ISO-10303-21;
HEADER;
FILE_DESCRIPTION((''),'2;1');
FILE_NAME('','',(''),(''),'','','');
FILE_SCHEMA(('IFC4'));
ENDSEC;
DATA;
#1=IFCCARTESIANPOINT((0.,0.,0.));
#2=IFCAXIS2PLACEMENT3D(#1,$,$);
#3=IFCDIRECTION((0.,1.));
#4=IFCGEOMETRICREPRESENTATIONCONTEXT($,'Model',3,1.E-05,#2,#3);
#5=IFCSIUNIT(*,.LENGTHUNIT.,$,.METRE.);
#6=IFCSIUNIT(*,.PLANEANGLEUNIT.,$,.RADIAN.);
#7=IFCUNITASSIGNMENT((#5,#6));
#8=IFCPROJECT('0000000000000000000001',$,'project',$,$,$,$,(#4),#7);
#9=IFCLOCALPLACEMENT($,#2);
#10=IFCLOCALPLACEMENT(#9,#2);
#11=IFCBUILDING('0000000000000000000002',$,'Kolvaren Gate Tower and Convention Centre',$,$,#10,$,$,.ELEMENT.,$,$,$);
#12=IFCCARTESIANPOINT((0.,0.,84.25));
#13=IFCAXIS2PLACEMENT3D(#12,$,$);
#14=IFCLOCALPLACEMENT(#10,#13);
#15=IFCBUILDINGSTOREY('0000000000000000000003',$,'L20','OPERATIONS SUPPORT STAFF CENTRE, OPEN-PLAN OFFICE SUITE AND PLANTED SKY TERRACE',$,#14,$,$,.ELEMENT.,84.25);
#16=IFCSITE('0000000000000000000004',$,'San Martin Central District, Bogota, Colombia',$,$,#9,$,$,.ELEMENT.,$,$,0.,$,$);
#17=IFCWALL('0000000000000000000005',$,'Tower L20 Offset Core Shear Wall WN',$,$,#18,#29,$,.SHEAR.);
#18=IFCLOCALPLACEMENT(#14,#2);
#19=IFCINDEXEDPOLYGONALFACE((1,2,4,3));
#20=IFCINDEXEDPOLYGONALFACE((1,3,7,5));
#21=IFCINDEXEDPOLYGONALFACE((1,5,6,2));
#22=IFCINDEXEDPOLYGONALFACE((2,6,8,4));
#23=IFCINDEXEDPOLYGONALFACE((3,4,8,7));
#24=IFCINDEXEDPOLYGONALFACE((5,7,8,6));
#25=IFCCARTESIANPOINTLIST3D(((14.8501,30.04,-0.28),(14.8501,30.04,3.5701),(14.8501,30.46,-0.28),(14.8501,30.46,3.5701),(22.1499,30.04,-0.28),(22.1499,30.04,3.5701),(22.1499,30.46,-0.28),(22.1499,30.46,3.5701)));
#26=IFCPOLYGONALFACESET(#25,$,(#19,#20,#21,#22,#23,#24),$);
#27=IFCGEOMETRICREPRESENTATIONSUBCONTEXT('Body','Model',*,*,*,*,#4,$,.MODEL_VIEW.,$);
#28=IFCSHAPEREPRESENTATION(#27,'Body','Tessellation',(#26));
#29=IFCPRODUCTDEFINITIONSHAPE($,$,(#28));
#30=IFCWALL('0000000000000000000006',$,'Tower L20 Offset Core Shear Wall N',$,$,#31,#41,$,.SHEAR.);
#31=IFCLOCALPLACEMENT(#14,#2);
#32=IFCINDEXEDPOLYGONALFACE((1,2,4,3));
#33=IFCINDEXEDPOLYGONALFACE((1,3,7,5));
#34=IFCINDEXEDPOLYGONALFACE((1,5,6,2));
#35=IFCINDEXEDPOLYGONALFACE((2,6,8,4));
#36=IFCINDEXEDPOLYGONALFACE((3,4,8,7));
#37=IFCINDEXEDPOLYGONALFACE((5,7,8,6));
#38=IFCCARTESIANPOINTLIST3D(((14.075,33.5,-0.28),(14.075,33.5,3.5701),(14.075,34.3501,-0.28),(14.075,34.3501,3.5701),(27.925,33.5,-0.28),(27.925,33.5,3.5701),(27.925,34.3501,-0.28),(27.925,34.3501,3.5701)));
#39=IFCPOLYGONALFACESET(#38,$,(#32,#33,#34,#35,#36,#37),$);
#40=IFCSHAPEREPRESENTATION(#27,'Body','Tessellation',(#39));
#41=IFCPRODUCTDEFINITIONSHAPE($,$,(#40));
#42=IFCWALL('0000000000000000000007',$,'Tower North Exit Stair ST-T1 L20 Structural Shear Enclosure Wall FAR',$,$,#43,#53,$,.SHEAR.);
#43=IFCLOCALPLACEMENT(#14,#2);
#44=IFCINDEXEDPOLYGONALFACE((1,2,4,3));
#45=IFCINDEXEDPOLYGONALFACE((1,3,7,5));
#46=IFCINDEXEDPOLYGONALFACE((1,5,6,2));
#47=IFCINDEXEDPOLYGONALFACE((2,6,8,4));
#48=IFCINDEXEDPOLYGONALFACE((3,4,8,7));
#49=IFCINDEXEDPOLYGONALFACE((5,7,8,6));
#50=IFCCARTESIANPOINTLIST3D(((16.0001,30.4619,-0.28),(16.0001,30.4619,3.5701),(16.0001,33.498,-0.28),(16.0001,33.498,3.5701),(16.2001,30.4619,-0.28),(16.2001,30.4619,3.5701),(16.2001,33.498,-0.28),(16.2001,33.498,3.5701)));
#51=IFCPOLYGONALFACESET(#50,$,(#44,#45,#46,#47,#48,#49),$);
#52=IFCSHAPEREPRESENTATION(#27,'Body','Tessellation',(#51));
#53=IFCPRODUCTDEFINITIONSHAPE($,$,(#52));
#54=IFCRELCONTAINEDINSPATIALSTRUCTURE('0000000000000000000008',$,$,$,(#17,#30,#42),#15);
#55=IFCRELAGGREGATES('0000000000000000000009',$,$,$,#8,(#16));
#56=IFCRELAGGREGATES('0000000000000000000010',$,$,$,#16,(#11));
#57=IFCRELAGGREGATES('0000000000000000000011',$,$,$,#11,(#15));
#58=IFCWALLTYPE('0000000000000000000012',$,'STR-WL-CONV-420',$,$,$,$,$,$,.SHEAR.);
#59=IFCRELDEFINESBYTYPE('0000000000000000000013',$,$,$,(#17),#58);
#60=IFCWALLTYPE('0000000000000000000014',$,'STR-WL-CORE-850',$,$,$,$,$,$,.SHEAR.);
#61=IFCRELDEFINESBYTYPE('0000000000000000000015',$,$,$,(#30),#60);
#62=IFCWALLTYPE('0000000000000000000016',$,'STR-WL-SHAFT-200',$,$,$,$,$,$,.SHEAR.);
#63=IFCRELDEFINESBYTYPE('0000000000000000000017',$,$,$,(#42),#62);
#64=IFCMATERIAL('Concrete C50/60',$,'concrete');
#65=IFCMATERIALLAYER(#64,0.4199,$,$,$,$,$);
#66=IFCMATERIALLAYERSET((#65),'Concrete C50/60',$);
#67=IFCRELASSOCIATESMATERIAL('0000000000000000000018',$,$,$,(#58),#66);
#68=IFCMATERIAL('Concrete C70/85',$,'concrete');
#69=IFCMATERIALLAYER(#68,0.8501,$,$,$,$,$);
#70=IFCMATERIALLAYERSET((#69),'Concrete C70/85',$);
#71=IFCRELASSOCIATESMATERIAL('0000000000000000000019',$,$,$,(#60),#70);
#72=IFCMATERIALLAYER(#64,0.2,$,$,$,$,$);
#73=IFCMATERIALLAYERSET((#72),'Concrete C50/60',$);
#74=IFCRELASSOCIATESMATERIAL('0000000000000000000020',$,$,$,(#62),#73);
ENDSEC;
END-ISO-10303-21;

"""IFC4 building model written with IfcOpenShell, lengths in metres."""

from ifc_helpers import new_model, si_unit, direction, frame, frame_2d, origin, place, context, subcontext, project, spatial, rectangle, extrude, material, layer, layer_set, type_object, element, save


model = new_model("IFC4")

# Units and contexts
model_context = context("Model", 3, precision=1e-05, world=origin(), true_north=direction((0.0, 1.0)))
body_context = subcontext(model_context, "Body", "Model", "MODEL_VIEW")
ifc_project = project(units=[si_unit("LENGTHUNIT", "METRE"), si_unit("PLANEANGLEUNIT", "RADIAN")], contexts=[model_context])

# Site, building, storey
site_placement = place(None, origin())
site = spatial("IfcSite", under=ifc_project, at=site_placement, Name="San Martin Central District, Bogota, Colombia", CompositionType="ELEMENT", RefElevation=0.0)
building_placement = place(site_placement, origin())
building = spatial("IfcBuilding", under=site, at=building_placement, Name="Kolvaren Gate Tower and Convention Centre", CompositionType="ELEMENT")
storey_placement = place(building_placement, frame((0.0, 0.0, 84.25)))
storey = spatial("IfcBuildingStorey", under=building, at=storey_placement, Name="L20", Description="OPERATIONS SUPPORT STAFF CENTRE, OPEN-PLAN OFFICE SUITE AND PLANTED SKY TERRACE", CompositionType="ELEMENT", Elevation=84.25)

# Shared definitions
ifc_material_1 = material(Name="Concrete C70/85", Category="concrete")

# Walls
ifc_material_2 = material(Name="Concrete C50/60", Category="concrete")
ifc_layer_1 = layer(ifc_material_2, 0.4199)
ifc_layer_set_1 = layer_set([ifc_layer_1], Name="Concrete C50/60")
wall_type_1 = type_object("IfcWallType", Name="STR-WL-CONV-420", PredefinedType="SHEAR", material=ifc_layer_set_1)
wall_1_placement = place(storey_placement, frame((14.8501, 30.25, -0.28), z_axis=(0.0, 0.0, 1.0), x_axis=(1.0, 0.0, 0.0)))
element("IfcWall", 1, at=wall_1_placement, inside=storey, type_object=wall_type_1, Name="Tower L20 Offset Core Shear Wall WN", PredefinedType="SHEAR", context=body_context, shape_type="SweptSolid", body=[
    extrude(rectangle(XDim=7.2998, YDim=0.4199, at=frame_2d((3.6499, 0.0))), origin(), (0.0, 0.0, 1.0), 3.8501),
])
ifc_layer_2 = layer(ifc_material_1, 0.8501)
ifc_layer_set_2 = layer_set([ifc_layer_2], Name="Concrete C70/85")
wall_type_2 = type_object("IfcWallType", Name="STR-WL-CORE-850", PredefinedType="SHEAR", material=ifc_layer_set_2)
wall_2_placement = place(storey_placement, frame((14.075, 33.925, -0.28), z_axis=(0.0, 0.0, 1.0), x_axis=(1.0, 0.0, 0.0)))
element("IfcWall", 2, at=wall_2_placement, inside=storey, type_object=wall_type_2, Name="Tower L20 Offset Core Shear Wall N", PredefinedType="SHEAR", context=body_context, shape_type="SweptSolid", body=[
    extrude(rectangle(XDim=13.8501, YDim=0.8501, at=frame_2d((6.925, 0.0))), origin(), (0.0, 0.0, 1.0), 3.8501),
])
ifc_layer_3 = layer(ifc_material_2, 0.2)
ifc_layer_set_3 = layer_set([ifc_layer_3], Name="Concrete C50/60")
wall_type_3 = type_object("IfcWallType", Name="STR-WL-SHAFT-200", PredefinedType="SHEAR", material=ifc_layer_set_3)
wall_3_placement = place(storey_placement, frame((16.1001, 30.4619, -0.28), z_axis=(0.0, 0.0, 1.0), x_axis=(0.0, 1.0, 0.0)))
element("IfcWall", 3, at=wall_3_placement, inside=storey, type_object=wall_type_3, Name="Tower North Exit Stair ST-T1 L20 Structural Shear Enclosure Wall FAR", PredefinedType="SHEAR", context=body_context, shape_type="SweptSolid", body=[
    extrude(rectangle(XDim=3.0361, YDim=0.2, at=frame_2d((1.5181, 0.0))), origin(), (0.0, 0.0, 1.0), 3.8501),
])

save(model, "model.ifc")
